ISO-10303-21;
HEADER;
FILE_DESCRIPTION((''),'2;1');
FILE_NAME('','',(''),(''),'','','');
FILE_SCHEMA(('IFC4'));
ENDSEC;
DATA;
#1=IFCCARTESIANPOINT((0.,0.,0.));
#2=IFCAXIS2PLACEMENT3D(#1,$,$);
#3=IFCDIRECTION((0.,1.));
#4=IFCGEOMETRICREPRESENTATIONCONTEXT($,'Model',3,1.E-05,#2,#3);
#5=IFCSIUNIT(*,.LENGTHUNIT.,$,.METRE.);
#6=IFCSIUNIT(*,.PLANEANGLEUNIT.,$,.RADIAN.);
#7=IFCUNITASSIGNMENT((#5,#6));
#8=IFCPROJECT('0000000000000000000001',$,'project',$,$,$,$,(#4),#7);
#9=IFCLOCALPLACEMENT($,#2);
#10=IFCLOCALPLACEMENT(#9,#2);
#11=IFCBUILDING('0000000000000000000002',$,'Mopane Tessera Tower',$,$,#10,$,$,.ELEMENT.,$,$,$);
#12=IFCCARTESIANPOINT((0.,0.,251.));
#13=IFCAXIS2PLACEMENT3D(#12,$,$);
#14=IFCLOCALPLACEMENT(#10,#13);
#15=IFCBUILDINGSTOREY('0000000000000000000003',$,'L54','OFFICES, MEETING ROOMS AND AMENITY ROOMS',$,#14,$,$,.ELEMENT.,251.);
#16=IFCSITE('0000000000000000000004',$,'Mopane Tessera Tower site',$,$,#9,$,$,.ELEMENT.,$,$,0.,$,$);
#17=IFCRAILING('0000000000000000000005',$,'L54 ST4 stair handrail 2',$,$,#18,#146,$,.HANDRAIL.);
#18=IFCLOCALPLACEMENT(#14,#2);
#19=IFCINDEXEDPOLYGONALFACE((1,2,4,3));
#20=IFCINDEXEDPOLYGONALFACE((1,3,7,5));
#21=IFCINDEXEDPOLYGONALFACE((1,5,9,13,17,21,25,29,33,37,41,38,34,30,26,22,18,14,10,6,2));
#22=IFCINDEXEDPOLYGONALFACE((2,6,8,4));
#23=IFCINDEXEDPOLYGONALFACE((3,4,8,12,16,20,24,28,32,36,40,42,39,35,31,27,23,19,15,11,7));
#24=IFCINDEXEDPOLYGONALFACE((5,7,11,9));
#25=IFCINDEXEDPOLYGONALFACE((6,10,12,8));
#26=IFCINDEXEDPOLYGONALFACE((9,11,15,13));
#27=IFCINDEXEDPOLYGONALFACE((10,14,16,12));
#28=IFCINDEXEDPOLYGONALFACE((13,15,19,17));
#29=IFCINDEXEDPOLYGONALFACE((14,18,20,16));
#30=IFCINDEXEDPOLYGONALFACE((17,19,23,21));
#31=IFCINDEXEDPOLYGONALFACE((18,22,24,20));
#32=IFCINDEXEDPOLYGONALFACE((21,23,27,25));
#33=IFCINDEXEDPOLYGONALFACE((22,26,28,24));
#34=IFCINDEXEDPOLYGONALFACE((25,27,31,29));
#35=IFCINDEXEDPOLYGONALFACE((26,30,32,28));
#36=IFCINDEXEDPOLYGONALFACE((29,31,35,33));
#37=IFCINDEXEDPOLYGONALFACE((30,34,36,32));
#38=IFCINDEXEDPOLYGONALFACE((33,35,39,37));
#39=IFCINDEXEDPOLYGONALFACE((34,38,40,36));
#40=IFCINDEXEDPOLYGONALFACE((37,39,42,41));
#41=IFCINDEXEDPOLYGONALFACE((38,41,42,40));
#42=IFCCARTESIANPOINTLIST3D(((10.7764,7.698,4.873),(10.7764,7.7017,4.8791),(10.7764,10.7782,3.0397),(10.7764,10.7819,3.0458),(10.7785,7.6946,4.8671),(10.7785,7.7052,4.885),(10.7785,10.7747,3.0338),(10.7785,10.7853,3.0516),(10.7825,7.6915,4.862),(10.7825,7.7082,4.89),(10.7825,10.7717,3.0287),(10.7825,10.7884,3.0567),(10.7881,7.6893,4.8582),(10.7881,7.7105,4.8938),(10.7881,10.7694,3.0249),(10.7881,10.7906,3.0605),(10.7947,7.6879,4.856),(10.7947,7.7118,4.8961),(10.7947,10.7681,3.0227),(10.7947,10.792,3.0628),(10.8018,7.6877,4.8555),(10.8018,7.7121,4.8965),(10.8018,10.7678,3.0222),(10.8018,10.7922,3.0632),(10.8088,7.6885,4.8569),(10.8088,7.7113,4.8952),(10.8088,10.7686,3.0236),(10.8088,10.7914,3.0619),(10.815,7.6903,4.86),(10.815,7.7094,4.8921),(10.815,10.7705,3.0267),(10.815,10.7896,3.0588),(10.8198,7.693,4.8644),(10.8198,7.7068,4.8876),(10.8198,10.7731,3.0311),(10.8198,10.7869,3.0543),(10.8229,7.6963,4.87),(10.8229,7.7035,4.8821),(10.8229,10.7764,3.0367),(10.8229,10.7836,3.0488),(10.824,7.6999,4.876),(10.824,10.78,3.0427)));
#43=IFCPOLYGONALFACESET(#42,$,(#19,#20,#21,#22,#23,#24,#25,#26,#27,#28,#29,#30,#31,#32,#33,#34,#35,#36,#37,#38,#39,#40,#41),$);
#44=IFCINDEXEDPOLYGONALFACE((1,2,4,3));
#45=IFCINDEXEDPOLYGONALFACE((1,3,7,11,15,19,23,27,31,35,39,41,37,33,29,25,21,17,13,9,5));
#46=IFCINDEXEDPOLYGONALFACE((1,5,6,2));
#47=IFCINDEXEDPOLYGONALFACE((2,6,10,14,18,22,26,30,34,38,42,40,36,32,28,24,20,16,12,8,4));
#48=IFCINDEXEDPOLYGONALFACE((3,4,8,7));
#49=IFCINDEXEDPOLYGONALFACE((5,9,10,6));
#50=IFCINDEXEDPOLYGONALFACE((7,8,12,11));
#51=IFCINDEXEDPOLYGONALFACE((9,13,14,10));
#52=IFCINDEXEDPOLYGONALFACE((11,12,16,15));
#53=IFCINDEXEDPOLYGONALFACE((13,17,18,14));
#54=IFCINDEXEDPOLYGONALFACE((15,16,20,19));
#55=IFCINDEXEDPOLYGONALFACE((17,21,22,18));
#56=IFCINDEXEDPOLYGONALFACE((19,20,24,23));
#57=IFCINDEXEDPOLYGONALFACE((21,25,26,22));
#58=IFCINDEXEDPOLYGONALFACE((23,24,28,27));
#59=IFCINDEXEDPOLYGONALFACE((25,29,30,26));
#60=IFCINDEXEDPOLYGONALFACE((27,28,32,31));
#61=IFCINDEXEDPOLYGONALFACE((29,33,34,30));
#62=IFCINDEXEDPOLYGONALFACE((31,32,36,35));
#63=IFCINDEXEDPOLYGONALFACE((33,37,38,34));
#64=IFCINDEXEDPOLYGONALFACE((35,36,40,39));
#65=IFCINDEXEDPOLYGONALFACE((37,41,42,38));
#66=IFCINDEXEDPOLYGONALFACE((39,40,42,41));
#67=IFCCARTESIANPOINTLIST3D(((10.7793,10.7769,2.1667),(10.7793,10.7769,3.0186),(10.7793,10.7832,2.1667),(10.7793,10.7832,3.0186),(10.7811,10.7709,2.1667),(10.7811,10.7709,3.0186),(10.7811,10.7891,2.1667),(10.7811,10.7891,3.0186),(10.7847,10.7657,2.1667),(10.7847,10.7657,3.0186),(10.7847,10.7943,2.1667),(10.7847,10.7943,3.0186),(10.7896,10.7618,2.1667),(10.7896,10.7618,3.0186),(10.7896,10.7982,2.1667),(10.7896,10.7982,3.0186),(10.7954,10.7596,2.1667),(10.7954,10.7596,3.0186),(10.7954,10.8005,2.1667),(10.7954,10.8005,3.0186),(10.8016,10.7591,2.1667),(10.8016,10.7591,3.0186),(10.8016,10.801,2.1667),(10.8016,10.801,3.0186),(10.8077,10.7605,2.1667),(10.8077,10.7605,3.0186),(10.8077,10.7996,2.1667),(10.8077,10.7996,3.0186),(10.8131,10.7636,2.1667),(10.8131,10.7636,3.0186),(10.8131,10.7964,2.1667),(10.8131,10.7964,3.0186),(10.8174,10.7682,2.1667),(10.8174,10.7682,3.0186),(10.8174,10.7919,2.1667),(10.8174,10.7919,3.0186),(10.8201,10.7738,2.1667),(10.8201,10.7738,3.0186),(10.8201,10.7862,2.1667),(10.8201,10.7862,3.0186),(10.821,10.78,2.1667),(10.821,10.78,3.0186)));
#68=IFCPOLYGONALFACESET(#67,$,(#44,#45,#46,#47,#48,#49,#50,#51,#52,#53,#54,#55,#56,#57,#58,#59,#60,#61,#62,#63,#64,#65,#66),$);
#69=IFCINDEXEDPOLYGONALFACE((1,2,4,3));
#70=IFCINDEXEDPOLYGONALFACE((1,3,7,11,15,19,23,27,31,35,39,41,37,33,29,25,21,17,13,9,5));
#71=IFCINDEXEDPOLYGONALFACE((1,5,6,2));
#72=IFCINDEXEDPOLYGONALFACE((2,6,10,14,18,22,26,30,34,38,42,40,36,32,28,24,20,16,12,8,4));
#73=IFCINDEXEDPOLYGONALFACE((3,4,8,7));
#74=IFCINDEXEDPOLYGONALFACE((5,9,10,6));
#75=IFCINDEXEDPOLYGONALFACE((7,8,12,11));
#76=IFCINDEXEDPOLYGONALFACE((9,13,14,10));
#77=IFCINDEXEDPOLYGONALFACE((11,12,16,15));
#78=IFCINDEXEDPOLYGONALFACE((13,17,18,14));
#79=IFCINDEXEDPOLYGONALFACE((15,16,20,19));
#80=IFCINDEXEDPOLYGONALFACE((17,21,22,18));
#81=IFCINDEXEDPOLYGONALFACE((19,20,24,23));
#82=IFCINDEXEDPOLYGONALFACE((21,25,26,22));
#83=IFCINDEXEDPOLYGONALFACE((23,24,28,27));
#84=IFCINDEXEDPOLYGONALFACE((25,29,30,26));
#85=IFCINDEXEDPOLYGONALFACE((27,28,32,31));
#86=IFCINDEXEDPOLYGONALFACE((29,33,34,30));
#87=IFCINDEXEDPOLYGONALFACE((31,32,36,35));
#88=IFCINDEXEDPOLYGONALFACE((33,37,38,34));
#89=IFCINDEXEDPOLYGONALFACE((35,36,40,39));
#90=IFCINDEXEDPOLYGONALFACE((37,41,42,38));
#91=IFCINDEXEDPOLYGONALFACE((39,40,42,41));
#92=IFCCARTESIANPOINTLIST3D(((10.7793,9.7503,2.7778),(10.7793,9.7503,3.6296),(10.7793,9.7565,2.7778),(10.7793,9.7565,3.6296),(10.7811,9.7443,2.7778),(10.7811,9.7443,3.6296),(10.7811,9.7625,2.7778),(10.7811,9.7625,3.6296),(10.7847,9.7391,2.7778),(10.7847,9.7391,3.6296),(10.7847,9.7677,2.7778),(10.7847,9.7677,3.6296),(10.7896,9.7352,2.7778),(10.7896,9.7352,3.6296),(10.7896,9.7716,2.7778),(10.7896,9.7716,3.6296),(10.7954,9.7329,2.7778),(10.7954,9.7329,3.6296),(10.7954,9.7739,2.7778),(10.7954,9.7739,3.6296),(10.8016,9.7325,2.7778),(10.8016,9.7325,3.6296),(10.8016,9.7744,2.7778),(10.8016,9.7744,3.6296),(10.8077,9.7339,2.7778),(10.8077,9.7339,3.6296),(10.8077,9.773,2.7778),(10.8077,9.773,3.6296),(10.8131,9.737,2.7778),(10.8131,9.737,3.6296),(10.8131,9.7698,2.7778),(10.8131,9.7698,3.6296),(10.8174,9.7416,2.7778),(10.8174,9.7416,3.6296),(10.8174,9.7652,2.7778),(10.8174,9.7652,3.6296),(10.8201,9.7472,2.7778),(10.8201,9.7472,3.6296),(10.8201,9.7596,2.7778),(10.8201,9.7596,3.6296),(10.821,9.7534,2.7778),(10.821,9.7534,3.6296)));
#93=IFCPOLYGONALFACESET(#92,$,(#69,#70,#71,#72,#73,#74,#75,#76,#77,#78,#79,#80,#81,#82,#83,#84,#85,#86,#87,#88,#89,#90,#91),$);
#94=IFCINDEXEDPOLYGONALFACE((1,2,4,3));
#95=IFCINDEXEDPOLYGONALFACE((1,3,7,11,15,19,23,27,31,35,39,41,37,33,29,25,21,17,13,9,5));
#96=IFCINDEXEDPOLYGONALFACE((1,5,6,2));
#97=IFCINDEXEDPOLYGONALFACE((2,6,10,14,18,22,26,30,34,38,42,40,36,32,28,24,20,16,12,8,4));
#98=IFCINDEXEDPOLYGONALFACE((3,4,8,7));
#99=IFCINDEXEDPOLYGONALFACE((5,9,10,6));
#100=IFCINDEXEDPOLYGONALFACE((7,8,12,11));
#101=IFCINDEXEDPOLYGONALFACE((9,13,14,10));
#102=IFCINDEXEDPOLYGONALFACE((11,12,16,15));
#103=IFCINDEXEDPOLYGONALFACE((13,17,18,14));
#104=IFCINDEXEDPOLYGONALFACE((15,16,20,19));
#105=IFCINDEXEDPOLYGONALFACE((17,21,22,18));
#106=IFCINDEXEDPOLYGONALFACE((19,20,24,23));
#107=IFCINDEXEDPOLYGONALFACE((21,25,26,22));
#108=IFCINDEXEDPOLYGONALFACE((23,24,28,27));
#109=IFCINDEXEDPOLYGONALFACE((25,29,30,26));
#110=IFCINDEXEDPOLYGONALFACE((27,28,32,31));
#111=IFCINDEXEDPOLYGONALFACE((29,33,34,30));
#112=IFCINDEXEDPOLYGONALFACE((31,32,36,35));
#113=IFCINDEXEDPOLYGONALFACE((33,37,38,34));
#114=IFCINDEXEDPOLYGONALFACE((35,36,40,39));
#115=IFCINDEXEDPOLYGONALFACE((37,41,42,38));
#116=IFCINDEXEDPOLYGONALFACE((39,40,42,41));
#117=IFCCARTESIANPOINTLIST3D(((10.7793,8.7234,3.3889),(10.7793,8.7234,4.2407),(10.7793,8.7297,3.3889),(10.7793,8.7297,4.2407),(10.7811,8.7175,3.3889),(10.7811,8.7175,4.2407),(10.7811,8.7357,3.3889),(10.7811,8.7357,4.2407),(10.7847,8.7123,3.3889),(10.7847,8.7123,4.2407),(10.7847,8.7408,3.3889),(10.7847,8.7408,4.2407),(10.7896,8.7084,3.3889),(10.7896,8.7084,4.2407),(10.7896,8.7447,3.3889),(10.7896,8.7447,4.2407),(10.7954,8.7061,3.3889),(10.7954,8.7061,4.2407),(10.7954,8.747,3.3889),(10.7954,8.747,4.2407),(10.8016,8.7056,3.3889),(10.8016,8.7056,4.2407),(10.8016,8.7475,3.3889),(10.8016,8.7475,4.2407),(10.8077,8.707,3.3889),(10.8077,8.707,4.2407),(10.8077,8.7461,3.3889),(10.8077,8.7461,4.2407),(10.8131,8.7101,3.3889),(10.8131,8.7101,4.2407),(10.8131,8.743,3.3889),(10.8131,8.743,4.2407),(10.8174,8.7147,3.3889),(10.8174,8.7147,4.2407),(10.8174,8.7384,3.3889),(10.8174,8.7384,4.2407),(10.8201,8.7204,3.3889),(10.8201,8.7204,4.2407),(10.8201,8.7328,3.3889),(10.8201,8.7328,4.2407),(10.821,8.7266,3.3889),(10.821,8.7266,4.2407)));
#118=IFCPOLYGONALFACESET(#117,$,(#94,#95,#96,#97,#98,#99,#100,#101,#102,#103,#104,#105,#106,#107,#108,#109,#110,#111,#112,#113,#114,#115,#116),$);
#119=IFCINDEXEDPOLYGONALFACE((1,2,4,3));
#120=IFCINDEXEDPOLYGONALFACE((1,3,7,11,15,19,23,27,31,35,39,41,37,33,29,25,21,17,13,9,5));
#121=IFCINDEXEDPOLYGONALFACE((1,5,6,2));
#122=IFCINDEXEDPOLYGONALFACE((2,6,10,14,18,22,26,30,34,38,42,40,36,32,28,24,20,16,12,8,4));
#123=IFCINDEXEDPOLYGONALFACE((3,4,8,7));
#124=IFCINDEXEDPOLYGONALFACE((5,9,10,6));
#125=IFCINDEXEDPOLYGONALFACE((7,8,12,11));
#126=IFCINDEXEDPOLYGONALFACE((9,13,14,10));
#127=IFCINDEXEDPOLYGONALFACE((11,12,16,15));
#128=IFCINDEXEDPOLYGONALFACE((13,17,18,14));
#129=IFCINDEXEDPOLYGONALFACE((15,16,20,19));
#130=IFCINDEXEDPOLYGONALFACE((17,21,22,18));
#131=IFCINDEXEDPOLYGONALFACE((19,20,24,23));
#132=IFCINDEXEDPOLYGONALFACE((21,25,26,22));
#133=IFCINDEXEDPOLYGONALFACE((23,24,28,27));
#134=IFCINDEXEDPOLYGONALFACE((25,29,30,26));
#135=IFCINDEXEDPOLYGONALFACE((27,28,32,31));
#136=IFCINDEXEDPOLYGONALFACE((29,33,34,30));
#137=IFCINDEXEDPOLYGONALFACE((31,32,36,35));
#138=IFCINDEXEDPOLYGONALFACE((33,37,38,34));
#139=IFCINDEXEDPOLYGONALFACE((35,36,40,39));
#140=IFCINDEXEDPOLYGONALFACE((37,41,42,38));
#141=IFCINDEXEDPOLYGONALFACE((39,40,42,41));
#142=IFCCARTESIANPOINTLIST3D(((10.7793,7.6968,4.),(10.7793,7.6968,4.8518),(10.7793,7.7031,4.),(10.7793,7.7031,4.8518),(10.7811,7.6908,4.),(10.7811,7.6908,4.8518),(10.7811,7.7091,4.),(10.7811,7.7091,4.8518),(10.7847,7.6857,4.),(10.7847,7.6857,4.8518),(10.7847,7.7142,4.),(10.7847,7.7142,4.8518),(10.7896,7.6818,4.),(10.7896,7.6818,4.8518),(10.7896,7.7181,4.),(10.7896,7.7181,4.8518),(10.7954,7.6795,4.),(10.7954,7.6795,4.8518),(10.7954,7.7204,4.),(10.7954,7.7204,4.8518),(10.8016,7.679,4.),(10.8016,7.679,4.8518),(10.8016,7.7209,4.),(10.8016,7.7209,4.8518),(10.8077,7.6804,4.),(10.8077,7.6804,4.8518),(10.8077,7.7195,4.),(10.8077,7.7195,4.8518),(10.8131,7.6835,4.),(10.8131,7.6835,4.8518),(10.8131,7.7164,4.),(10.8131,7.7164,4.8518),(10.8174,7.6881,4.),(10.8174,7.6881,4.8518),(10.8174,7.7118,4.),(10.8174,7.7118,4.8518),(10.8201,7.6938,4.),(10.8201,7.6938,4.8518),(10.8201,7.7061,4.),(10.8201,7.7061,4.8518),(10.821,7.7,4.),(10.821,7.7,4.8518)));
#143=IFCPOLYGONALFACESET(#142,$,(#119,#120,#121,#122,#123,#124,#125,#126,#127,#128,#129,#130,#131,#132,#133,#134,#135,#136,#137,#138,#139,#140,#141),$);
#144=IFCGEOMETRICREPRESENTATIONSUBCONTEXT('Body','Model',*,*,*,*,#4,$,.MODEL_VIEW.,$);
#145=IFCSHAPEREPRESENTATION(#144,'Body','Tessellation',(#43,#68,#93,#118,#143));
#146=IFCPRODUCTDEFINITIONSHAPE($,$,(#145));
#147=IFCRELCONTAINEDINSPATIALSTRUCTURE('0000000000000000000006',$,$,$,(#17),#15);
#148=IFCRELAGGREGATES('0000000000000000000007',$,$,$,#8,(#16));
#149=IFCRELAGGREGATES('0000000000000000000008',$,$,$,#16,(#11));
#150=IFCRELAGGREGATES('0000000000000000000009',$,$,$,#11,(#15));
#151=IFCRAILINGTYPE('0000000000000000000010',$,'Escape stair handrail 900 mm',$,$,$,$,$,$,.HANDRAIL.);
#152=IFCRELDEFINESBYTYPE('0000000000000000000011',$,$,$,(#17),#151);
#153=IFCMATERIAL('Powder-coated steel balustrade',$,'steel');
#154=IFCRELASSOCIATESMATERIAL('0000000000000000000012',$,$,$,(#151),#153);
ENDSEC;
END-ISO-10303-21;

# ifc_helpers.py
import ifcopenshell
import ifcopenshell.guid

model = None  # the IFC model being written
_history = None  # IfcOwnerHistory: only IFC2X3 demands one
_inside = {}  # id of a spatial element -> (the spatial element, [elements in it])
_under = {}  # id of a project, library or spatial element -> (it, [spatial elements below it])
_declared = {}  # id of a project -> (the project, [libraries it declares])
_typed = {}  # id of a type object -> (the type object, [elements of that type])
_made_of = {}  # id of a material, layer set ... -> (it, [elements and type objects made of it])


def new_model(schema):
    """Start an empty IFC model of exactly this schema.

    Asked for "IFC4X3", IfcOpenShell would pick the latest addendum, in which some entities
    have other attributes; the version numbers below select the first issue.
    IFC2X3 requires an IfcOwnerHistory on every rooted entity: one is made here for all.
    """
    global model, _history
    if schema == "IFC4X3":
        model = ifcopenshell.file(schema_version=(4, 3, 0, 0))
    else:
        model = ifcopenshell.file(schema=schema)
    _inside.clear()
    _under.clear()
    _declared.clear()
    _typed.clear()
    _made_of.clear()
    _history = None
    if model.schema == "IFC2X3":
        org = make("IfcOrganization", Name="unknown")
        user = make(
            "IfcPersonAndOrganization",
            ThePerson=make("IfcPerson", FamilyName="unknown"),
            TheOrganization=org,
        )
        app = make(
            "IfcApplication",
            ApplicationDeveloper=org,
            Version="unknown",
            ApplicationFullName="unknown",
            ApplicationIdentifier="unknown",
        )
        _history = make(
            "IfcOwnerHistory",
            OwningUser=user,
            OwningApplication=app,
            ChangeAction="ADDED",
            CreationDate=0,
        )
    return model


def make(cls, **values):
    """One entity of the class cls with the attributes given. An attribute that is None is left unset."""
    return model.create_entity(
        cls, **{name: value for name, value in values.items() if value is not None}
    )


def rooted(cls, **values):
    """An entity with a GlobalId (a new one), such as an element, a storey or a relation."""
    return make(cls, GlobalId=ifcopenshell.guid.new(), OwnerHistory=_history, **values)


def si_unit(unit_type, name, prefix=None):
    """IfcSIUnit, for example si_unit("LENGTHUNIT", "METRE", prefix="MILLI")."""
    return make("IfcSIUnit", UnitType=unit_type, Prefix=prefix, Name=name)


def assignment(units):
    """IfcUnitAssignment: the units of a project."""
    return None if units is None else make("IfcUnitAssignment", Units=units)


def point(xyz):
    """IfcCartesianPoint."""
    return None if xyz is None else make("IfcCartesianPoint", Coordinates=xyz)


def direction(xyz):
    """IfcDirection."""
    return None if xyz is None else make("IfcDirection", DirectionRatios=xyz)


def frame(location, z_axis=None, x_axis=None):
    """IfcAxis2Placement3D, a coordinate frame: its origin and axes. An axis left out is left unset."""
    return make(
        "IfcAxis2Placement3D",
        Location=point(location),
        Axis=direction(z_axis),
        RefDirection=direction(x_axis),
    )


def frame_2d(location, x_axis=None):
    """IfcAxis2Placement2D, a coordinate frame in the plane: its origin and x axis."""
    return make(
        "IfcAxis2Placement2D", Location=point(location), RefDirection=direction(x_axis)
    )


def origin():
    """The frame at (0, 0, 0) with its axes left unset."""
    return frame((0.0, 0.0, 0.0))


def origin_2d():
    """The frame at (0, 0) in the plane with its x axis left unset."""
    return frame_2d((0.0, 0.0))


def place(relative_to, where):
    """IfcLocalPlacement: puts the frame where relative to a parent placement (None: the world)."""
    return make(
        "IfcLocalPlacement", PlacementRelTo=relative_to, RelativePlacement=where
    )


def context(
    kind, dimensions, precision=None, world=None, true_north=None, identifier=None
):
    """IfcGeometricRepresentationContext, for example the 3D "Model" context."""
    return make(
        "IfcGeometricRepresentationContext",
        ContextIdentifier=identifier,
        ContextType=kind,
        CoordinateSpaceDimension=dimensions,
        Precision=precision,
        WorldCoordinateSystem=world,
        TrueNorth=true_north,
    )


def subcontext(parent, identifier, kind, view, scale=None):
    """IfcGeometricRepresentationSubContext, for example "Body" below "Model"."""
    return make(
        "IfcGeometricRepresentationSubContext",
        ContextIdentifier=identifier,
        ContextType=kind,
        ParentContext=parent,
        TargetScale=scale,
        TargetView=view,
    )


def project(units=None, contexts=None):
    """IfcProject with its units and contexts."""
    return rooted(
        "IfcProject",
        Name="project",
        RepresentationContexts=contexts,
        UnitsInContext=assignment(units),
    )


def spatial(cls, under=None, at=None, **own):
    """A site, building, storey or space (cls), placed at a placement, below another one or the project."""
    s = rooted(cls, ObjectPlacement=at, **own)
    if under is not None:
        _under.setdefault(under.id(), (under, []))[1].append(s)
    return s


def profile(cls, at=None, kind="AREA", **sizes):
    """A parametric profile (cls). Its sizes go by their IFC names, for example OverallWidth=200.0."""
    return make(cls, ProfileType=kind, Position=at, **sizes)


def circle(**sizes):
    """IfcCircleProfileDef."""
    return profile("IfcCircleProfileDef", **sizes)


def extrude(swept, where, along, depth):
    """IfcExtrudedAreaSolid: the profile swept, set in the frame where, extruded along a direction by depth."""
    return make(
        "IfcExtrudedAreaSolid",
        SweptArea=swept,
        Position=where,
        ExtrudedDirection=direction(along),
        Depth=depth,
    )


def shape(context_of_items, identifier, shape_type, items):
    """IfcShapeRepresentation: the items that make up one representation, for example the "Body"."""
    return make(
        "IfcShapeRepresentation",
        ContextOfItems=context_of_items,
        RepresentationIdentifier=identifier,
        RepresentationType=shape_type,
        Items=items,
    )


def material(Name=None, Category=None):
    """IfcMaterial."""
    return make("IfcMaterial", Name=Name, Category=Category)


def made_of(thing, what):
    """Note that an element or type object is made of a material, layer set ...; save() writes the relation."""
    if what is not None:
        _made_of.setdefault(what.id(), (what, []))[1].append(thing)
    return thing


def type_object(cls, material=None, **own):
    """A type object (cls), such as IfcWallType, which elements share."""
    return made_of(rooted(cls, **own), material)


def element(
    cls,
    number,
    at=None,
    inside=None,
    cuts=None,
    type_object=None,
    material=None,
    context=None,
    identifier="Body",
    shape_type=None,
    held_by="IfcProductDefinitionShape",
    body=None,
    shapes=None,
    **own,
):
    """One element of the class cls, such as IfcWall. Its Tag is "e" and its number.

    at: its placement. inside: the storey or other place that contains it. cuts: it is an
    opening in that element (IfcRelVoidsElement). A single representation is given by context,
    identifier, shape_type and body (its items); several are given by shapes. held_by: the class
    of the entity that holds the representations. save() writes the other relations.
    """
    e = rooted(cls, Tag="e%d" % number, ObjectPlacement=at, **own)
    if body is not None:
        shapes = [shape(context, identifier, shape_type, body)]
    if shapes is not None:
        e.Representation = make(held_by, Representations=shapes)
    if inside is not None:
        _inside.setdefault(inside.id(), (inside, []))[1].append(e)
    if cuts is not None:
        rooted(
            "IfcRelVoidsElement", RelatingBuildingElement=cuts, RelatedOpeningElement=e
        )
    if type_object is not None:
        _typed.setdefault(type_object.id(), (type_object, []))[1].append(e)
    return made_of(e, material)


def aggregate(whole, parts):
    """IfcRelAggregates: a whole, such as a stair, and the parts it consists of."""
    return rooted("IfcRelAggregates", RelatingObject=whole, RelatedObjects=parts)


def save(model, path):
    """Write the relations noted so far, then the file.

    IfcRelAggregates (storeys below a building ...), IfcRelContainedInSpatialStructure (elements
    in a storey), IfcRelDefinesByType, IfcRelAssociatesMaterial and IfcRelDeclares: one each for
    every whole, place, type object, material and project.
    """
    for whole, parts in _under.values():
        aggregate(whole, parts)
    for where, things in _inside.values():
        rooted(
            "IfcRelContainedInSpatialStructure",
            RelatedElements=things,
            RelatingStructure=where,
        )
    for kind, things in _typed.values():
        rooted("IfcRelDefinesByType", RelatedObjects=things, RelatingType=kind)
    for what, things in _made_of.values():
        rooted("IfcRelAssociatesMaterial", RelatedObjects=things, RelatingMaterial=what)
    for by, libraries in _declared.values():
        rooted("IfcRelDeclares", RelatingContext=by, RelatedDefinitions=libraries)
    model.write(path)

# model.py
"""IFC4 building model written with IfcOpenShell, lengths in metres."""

from ifc_helpers import new_model, si_unit, direction, frame, origin, origin_2d, place, context, subcontext, project, spatial, circle, extrude, material, type_object, element, save


model = new_model("IFC4")

# Units and contexts
model_context = context("Model", 3, precision=1e-05, world=origin(), true_north=direction((0.0, 1.0)))
body_context = subcontext(model_context, "Body", "Model", "MODEL_VIEW")
ifc_project = project(units=[si_unit("LENGTHUNIT", "METRE"), si_unit("PLANEANGLEUNIT", "RADIAN")], contexts=[model_context])

# Site, building, storey
site_placement = place(None, origin())
site = spatial("IfcSite", under=ifc_project, at=site_placement, Name="Mopane Tessera Tower site", CompositionType="ELEMENT", RefElevation=0.0)
building_placement = place(site_placement, origin())
building = spatial("IfcBuilding", under=site, at=building_placement, Name="Mopane Tessera Tower", CompositionType="ELEMENT")
storey_placement = place(building_placement, frame((0.0, 0.0, 251.0)))
storey = spatial("IfcBuildingStorey", under=building, at=storey_placement, Name="L54", Description="OFFICES, MEETING ROOMS AND AMENITY ROOMS", CompositionType="ELEMENT", Elevation=251.0)

# Railing
ifc_material_1 = material(Name="Powder-coated steel balustrade", Category="steel")
railing_type_1 = type_object("IfcRailingType", Name="Escape stair handrail 900 mm", PredefinedType="HANDRAIL", material=ifc_material_1)
railing_1_placement = place(storey_placement, frame((10.8, 10.78, 2.1667)))
element("IfcRailing", 1, at=railing_1_placement, inside=storey, type_object=railing_type_1, Name="L54 ST4 stair handrail 2", PredefinedType="HANDRAIL", context=body_context, shape_type="SweptSolid", body=[
    extrude(circle(Radius=0.0239, at=origin_2d()), frame((0.0, 0.0, 0.876), z_axis=(0.0, -0.859309, 0.511458), x_axis=(1.0, 0.0, 0.0)), (0.0, 0.0, 1.0), 3.5845),
    extrude(circle(Radius=0.021, at=origin_2d()), origin(), (0.0, 0.0, 1.0), 0.8518),
    extrude(circle(Radius=0.021, at=origin_2d()), frame((0.0, -1.0266, 0.6111)), (0.0, 0.0, 1.0), 0.8518),
    extrude(circle(Radius=0.021, at=origin_2d()), frame((0.0, -2.0535, 1.2222)), (0.0, 0.0, 1.0), 0.8518),
    extrude(circle(Radius=0.021, at=origin_2d()), frame((0.0, -3.0801, 1.8333)), (0.0, 0.0, 1.0), 0.8518),
])

save(model, "model.ifc")
